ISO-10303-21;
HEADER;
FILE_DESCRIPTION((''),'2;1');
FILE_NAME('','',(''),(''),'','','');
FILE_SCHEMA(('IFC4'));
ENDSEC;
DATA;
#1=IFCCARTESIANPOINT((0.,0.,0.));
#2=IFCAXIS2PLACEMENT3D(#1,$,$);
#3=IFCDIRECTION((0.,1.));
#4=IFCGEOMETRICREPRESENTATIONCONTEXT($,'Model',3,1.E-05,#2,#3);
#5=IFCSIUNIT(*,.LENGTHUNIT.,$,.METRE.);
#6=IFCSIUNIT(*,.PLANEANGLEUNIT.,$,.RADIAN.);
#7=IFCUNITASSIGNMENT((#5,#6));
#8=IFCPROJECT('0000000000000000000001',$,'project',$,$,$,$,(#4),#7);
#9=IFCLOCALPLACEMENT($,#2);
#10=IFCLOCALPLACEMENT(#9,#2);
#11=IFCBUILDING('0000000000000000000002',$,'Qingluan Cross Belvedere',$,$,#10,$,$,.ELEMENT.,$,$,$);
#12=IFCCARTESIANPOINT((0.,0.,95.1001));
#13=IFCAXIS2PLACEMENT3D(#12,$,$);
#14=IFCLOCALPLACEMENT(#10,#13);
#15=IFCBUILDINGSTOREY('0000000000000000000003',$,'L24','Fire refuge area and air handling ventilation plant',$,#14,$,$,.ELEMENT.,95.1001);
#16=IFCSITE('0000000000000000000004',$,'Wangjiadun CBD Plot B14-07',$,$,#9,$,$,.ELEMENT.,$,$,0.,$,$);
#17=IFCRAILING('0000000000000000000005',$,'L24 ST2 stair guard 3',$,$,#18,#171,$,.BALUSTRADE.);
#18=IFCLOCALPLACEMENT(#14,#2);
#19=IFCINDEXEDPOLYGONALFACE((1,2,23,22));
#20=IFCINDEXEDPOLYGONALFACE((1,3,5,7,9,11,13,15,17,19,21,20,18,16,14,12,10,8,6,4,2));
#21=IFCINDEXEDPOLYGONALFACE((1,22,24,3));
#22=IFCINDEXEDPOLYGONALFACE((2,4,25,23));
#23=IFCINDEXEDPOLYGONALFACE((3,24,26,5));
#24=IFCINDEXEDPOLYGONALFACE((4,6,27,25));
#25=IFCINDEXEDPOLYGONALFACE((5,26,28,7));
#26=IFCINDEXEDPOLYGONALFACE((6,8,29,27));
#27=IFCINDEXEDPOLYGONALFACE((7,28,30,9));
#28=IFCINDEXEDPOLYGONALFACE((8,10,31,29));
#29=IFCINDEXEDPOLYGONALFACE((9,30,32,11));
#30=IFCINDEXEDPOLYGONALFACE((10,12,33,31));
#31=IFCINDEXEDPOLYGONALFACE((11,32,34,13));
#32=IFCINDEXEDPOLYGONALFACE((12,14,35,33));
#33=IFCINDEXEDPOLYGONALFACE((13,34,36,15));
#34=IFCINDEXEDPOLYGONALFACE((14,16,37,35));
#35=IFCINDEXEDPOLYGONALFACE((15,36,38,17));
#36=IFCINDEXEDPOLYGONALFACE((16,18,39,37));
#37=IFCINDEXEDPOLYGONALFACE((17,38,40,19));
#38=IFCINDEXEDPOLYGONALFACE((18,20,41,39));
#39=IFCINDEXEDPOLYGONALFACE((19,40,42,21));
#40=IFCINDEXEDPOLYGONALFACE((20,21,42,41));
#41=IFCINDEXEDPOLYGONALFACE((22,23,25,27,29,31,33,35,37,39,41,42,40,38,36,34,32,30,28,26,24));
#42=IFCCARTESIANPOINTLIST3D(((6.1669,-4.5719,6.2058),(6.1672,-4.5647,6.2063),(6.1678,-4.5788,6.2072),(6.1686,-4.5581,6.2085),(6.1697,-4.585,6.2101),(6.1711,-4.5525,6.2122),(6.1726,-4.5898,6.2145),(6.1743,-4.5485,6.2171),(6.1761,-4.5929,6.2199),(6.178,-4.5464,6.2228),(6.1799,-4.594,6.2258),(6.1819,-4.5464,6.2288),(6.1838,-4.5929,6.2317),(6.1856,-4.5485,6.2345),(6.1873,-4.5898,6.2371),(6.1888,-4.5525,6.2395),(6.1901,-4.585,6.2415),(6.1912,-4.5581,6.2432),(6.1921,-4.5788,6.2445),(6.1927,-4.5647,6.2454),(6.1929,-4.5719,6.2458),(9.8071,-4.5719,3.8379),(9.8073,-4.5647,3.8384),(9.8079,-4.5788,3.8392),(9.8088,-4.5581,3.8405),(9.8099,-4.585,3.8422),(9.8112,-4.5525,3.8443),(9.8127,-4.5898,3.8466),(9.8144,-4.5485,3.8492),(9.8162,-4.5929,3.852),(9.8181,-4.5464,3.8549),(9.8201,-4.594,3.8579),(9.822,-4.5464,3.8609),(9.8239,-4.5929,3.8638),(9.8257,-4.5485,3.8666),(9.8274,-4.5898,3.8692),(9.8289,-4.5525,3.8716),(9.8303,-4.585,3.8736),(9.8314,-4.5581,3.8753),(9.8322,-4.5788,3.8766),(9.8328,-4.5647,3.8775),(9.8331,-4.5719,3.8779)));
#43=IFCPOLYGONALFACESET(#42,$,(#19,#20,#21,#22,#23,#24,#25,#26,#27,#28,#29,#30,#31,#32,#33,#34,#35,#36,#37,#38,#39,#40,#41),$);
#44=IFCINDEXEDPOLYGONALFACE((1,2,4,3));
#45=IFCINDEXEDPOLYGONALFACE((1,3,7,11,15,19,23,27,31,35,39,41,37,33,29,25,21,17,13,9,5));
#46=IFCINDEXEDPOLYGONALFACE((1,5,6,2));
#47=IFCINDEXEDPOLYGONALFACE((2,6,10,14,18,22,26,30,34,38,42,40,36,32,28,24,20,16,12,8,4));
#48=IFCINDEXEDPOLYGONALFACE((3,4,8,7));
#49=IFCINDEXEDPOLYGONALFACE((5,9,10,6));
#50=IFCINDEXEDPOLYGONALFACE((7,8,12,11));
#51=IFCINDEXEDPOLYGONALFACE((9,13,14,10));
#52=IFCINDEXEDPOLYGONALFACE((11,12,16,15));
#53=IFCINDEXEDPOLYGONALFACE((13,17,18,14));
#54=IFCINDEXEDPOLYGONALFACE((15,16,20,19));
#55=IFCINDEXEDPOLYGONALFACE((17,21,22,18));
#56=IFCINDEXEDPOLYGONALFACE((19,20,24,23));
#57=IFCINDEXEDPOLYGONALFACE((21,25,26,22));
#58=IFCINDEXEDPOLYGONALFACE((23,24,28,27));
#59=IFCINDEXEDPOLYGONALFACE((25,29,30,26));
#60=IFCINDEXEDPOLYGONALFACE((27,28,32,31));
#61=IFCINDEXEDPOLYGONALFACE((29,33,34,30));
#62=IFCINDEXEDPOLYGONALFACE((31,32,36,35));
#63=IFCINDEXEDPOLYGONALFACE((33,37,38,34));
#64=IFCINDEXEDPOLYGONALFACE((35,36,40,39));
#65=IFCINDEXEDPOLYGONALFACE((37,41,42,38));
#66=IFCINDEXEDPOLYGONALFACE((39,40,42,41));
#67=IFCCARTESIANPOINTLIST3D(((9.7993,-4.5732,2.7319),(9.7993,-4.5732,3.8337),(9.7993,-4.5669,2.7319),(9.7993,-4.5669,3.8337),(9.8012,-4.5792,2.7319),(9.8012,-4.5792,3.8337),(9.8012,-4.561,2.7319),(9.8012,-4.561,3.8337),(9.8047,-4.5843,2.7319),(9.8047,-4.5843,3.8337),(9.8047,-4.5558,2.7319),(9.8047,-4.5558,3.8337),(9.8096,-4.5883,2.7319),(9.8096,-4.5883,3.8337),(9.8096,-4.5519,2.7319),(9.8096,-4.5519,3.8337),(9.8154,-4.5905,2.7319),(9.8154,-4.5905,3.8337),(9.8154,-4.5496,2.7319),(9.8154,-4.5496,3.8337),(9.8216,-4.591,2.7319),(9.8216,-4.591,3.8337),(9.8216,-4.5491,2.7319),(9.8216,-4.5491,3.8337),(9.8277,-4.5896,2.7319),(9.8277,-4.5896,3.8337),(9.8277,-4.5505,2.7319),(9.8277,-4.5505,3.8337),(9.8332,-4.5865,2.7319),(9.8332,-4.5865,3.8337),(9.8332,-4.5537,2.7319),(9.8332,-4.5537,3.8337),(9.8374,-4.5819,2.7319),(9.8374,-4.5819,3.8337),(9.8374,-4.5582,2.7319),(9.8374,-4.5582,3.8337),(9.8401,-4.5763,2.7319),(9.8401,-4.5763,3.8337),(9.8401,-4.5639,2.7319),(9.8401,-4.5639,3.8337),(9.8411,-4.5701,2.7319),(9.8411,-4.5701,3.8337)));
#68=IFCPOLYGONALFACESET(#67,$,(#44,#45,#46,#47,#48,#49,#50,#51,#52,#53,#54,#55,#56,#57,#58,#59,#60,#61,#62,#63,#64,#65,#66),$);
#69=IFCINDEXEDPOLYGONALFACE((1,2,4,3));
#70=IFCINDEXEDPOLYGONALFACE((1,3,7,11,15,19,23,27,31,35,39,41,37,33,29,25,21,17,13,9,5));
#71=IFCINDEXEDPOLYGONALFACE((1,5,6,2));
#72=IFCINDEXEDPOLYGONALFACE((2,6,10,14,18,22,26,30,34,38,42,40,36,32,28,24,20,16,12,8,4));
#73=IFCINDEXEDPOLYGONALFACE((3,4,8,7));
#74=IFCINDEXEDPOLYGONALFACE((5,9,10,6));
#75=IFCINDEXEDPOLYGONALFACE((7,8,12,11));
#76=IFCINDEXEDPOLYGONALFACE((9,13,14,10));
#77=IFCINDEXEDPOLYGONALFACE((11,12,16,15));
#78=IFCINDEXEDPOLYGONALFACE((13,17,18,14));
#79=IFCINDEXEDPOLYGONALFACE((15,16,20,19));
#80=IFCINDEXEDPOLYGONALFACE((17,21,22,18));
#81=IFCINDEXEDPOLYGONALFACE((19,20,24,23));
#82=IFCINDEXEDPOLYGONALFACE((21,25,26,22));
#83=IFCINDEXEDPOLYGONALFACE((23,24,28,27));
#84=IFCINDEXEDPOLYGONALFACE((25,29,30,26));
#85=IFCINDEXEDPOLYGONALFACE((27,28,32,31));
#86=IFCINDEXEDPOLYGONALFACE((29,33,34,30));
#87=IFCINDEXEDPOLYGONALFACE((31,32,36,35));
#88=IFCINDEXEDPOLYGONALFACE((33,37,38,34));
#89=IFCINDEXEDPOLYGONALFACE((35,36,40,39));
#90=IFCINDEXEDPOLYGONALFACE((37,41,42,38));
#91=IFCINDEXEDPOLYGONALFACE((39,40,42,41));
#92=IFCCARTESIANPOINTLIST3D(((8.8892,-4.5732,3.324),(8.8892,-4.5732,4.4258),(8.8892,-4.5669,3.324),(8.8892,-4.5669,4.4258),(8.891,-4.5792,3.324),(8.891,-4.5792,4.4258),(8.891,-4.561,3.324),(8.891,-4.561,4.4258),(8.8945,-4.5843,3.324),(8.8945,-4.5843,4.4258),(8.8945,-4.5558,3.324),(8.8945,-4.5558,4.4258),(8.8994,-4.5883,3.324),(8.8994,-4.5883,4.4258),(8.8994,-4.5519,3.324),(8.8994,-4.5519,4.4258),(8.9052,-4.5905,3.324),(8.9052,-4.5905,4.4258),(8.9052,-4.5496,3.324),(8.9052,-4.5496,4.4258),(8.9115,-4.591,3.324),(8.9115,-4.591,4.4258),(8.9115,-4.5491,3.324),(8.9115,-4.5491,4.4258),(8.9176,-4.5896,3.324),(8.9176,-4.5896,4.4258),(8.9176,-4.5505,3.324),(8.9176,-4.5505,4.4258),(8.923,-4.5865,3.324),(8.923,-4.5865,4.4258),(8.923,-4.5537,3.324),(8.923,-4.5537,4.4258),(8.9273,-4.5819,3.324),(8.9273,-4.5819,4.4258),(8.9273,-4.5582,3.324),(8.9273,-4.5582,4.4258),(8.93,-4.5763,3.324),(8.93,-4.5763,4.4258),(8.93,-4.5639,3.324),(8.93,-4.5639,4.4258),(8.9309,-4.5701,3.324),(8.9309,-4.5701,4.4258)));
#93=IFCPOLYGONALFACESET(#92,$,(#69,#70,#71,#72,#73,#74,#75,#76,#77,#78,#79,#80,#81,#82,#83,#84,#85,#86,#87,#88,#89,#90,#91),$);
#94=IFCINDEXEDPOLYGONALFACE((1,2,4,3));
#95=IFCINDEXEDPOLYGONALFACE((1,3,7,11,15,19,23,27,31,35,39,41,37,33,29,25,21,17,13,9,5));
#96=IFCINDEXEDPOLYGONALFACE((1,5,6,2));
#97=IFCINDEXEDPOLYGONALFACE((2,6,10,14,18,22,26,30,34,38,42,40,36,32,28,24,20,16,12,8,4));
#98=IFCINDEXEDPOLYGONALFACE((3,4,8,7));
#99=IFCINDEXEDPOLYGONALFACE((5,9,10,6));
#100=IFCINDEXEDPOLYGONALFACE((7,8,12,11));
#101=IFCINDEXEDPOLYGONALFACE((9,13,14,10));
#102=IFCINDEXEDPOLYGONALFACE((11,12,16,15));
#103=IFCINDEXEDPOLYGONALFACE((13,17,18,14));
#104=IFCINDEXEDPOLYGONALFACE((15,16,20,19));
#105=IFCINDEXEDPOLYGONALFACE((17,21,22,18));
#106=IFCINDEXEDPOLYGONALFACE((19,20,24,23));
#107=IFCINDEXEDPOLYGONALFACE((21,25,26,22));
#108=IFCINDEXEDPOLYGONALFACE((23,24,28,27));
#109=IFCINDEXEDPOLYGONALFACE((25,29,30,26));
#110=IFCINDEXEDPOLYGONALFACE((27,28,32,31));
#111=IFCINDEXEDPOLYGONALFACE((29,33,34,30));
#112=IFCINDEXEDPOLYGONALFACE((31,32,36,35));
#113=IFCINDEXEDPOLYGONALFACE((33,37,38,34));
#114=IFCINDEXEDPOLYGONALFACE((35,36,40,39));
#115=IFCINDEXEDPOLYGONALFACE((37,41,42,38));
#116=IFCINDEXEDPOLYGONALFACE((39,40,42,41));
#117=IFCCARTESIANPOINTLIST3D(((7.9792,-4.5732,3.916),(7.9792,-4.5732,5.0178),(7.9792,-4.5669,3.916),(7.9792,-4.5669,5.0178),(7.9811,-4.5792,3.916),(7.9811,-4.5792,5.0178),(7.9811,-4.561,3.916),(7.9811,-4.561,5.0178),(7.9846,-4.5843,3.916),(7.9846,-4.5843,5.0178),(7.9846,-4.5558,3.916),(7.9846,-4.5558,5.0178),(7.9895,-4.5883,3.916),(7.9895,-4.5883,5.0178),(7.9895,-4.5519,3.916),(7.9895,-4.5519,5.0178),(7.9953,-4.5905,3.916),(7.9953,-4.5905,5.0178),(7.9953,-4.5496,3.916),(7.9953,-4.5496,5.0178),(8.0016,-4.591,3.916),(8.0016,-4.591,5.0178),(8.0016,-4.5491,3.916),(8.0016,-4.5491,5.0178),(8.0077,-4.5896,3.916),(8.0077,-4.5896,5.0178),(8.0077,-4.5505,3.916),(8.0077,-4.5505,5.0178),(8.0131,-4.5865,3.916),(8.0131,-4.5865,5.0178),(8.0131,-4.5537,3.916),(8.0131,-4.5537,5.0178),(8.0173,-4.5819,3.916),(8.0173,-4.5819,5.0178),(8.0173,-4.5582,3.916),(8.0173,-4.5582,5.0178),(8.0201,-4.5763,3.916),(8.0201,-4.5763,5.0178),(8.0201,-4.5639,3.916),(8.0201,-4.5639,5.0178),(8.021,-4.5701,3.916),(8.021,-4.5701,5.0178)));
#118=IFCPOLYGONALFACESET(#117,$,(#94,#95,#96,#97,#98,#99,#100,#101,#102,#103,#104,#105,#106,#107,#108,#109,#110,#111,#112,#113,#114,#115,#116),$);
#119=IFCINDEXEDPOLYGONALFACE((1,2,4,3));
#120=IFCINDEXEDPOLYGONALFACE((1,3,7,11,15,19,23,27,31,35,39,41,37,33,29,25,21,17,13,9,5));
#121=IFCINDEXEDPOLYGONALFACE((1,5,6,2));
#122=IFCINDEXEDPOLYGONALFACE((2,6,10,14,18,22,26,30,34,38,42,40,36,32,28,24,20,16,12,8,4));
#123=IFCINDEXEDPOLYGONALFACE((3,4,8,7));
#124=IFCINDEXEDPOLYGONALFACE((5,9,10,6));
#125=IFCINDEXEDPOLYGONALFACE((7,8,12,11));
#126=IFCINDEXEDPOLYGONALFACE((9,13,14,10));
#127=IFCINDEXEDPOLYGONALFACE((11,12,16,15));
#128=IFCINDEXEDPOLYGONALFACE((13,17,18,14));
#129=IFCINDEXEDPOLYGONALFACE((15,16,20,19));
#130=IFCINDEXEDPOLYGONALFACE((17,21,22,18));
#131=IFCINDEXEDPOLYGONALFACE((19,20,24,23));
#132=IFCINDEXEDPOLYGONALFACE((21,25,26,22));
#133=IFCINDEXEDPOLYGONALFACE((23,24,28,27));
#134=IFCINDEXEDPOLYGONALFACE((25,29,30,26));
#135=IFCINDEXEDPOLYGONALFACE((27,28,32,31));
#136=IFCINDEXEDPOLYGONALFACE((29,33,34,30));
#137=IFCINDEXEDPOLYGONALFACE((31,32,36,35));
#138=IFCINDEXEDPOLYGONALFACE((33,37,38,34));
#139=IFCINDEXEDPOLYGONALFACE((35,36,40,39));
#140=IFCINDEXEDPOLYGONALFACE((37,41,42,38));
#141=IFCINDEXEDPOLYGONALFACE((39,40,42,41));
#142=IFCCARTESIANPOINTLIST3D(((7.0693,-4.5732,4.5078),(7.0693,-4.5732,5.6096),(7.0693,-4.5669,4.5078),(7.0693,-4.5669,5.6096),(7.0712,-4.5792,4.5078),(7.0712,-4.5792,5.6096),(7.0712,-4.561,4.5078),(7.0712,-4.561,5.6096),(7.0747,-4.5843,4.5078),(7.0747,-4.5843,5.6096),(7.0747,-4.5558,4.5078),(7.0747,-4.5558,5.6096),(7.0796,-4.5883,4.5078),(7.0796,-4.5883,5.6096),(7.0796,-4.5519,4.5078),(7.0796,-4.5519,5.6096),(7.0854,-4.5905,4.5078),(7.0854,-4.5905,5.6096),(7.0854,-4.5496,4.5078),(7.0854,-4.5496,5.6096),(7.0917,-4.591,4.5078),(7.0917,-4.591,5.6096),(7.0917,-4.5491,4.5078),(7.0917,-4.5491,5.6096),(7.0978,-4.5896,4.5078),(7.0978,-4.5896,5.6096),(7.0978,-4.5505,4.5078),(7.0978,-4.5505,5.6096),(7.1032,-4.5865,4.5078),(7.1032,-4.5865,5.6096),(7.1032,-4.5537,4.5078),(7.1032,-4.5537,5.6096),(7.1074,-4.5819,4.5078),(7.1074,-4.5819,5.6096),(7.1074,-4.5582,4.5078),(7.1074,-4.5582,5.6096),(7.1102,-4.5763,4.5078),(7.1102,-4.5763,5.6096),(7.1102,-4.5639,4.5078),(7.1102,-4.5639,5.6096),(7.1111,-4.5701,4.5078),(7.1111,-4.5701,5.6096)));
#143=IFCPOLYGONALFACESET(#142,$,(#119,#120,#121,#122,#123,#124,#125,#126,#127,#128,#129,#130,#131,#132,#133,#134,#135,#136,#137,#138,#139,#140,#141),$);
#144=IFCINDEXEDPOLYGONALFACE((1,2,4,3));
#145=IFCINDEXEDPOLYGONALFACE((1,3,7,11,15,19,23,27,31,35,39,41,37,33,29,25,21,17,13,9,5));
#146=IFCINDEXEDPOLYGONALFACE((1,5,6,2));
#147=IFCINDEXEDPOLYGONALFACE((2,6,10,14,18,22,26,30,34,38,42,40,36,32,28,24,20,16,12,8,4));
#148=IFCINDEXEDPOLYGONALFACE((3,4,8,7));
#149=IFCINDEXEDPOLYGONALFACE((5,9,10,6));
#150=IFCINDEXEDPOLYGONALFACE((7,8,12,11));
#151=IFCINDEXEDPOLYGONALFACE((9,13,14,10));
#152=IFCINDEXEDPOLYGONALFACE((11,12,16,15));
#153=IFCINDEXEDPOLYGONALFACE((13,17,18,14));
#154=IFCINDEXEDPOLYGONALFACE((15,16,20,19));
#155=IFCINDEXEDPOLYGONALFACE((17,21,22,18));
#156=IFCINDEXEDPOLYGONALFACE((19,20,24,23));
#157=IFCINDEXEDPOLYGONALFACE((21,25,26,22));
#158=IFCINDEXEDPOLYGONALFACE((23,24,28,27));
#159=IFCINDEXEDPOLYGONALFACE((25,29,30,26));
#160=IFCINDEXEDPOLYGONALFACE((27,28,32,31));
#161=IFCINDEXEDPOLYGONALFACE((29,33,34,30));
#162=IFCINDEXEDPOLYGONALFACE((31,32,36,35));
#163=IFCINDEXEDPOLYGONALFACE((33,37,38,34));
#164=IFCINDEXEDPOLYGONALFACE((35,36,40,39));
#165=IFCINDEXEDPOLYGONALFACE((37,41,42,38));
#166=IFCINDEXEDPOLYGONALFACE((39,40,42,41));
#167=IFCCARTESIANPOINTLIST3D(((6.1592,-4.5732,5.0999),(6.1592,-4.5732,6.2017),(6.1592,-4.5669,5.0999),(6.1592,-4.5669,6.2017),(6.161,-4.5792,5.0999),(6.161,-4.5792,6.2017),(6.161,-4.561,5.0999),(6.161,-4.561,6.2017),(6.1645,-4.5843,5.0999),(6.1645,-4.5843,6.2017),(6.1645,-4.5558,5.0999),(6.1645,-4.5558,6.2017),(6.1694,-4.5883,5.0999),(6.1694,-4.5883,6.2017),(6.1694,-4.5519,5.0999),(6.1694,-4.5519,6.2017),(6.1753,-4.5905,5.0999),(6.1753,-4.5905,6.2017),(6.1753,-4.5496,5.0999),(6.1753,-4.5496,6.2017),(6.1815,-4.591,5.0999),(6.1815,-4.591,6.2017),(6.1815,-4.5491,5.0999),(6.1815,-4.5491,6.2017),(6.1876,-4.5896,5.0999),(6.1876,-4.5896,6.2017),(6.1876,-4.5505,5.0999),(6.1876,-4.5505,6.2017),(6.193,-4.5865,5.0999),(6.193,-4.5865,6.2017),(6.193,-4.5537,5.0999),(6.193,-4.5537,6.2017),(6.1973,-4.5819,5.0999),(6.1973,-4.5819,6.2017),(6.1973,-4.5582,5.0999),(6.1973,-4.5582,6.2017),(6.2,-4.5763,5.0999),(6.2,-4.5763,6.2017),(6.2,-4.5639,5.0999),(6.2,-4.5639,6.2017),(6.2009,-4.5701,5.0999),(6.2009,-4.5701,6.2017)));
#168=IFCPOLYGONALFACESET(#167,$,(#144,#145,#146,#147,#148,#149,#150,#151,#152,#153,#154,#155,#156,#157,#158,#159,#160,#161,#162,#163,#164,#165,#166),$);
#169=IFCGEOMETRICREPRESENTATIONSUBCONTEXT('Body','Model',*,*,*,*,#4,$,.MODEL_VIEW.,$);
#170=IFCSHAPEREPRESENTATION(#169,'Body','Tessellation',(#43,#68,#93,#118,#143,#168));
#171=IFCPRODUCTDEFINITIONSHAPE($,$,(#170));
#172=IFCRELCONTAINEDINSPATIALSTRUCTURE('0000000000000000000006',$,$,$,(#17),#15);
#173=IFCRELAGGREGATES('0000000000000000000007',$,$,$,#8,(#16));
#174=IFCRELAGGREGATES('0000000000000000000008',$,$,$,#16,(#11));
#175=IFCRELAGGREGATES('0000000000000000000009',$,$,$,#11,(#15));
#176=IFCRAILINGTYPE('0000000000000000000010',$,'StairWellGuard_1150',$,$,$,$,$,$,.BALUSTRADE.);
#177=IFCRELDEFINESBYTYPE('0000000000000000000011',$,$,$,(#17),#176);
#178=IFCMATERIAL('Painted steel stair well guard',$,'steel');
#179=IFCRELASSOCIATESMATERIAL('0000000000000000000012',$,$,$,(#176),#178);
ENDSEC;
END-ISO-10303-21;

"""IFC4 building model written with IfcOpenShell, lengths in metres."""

from ifc_helpers import new_model, si_unit, direction, frame, origin, origin_2d, place, context, subcontext, project, spatial, circle, extrude, material, type_object, element, save


model = new_model("IFC4")

# Units and contexts
model_context = context("Model", 3, precision=1e-05, world=origin(), true_north=direction((0.0, 1.0)))
body_context = subcontext(model_context, "Body", "Model", "MODEL_VIEW")
ifc_project = project(units=[si_unit("LENGTHUNIT", "METRE"), si_unit("PLANEANGLEUNIT", "RADIAN")], contexts=[model_context])

# Site, building, storey
site_placement = place(None, origin())
site = spatial("IfcSite", under=ifc_project, at=site_placement, Name="Wangjiadun CBD Plot B14-07", CompositionType="ELEMENT", RefElevation=0.0)
building_placement = place(site_placement, origin())
building = spatial("IfcBuilding", under=site, at=building_placement, Name="Qingluan Cross Belvedere", CompositionType="ELEMENT")
storey_placement = place(building_placement, frame((0.0, 0.0, 95.1001)))
storey = spatial("IfcBuildingStorey", under=building, at=storey_placement, Name="L24", Description="Fire refuge area and air handling ventilation plant", CompositionType="ELEMENT", Elevation=95.1001)

# Railing
ifc_material_1 = material(Name="Painted steel stair well guard", Category="steel")
railing_type_1 = type_object("IfcRailingType", Name="StairWellGuard_1150", PredefinedType="BALUSTRADE", material=ifc_material_1)
railing_1_placement = place(storey_placement, frame((9.8201, -4.5701, 2.7319)))
element("IfcRailing", 1, at=railing_1_placement, inside=storey, type_object=railing_type_1, Name="L24 ST2 stair guard 3", PredefinedType="BALUSTRADE", context=body_context, shape_type="SweptSolid", body=[
    extrude(circle(Radius=0.0239, at=origin_2d()), frame((0.0, 0.0, 1.126), z_axis=(-0.838251, 0.0, 0.545285), x_axis=(0.0, -1.0, 0.0)), (0.0, 0.0, 1.0), 4.3425),
    extrude(circle(Radius=0.021, at=origin_2d()), origin(), (0.0, 0.0, 1.0), 1.1018),
    extrude(circle(Radius=0.021, at=origin_2d()), frame((-0.9102, 0.0, 0.592)), (0.0, 0.0, 1.0), 1.1018),
    extrude(circle(Radius=0.021, at=origin_2d()), frame((-1.8201, 0.0, 1.1841)), (0.0, 0.0, 1.0), 1.1018),
    extrude(circle(Radius=0.021, at=origin_2d()), frame((-2.73, 0.0, 1.7759)), (0.0, 0.0, 1.0), 1.1018),
    extrude(circle(Radius=0.021, at=origin_2d()), frame((-3.6401, 0.0, 2.3679)), (0.0, 0.0, 1.0), 1.1018),
])

save(model, "model.ifc")
